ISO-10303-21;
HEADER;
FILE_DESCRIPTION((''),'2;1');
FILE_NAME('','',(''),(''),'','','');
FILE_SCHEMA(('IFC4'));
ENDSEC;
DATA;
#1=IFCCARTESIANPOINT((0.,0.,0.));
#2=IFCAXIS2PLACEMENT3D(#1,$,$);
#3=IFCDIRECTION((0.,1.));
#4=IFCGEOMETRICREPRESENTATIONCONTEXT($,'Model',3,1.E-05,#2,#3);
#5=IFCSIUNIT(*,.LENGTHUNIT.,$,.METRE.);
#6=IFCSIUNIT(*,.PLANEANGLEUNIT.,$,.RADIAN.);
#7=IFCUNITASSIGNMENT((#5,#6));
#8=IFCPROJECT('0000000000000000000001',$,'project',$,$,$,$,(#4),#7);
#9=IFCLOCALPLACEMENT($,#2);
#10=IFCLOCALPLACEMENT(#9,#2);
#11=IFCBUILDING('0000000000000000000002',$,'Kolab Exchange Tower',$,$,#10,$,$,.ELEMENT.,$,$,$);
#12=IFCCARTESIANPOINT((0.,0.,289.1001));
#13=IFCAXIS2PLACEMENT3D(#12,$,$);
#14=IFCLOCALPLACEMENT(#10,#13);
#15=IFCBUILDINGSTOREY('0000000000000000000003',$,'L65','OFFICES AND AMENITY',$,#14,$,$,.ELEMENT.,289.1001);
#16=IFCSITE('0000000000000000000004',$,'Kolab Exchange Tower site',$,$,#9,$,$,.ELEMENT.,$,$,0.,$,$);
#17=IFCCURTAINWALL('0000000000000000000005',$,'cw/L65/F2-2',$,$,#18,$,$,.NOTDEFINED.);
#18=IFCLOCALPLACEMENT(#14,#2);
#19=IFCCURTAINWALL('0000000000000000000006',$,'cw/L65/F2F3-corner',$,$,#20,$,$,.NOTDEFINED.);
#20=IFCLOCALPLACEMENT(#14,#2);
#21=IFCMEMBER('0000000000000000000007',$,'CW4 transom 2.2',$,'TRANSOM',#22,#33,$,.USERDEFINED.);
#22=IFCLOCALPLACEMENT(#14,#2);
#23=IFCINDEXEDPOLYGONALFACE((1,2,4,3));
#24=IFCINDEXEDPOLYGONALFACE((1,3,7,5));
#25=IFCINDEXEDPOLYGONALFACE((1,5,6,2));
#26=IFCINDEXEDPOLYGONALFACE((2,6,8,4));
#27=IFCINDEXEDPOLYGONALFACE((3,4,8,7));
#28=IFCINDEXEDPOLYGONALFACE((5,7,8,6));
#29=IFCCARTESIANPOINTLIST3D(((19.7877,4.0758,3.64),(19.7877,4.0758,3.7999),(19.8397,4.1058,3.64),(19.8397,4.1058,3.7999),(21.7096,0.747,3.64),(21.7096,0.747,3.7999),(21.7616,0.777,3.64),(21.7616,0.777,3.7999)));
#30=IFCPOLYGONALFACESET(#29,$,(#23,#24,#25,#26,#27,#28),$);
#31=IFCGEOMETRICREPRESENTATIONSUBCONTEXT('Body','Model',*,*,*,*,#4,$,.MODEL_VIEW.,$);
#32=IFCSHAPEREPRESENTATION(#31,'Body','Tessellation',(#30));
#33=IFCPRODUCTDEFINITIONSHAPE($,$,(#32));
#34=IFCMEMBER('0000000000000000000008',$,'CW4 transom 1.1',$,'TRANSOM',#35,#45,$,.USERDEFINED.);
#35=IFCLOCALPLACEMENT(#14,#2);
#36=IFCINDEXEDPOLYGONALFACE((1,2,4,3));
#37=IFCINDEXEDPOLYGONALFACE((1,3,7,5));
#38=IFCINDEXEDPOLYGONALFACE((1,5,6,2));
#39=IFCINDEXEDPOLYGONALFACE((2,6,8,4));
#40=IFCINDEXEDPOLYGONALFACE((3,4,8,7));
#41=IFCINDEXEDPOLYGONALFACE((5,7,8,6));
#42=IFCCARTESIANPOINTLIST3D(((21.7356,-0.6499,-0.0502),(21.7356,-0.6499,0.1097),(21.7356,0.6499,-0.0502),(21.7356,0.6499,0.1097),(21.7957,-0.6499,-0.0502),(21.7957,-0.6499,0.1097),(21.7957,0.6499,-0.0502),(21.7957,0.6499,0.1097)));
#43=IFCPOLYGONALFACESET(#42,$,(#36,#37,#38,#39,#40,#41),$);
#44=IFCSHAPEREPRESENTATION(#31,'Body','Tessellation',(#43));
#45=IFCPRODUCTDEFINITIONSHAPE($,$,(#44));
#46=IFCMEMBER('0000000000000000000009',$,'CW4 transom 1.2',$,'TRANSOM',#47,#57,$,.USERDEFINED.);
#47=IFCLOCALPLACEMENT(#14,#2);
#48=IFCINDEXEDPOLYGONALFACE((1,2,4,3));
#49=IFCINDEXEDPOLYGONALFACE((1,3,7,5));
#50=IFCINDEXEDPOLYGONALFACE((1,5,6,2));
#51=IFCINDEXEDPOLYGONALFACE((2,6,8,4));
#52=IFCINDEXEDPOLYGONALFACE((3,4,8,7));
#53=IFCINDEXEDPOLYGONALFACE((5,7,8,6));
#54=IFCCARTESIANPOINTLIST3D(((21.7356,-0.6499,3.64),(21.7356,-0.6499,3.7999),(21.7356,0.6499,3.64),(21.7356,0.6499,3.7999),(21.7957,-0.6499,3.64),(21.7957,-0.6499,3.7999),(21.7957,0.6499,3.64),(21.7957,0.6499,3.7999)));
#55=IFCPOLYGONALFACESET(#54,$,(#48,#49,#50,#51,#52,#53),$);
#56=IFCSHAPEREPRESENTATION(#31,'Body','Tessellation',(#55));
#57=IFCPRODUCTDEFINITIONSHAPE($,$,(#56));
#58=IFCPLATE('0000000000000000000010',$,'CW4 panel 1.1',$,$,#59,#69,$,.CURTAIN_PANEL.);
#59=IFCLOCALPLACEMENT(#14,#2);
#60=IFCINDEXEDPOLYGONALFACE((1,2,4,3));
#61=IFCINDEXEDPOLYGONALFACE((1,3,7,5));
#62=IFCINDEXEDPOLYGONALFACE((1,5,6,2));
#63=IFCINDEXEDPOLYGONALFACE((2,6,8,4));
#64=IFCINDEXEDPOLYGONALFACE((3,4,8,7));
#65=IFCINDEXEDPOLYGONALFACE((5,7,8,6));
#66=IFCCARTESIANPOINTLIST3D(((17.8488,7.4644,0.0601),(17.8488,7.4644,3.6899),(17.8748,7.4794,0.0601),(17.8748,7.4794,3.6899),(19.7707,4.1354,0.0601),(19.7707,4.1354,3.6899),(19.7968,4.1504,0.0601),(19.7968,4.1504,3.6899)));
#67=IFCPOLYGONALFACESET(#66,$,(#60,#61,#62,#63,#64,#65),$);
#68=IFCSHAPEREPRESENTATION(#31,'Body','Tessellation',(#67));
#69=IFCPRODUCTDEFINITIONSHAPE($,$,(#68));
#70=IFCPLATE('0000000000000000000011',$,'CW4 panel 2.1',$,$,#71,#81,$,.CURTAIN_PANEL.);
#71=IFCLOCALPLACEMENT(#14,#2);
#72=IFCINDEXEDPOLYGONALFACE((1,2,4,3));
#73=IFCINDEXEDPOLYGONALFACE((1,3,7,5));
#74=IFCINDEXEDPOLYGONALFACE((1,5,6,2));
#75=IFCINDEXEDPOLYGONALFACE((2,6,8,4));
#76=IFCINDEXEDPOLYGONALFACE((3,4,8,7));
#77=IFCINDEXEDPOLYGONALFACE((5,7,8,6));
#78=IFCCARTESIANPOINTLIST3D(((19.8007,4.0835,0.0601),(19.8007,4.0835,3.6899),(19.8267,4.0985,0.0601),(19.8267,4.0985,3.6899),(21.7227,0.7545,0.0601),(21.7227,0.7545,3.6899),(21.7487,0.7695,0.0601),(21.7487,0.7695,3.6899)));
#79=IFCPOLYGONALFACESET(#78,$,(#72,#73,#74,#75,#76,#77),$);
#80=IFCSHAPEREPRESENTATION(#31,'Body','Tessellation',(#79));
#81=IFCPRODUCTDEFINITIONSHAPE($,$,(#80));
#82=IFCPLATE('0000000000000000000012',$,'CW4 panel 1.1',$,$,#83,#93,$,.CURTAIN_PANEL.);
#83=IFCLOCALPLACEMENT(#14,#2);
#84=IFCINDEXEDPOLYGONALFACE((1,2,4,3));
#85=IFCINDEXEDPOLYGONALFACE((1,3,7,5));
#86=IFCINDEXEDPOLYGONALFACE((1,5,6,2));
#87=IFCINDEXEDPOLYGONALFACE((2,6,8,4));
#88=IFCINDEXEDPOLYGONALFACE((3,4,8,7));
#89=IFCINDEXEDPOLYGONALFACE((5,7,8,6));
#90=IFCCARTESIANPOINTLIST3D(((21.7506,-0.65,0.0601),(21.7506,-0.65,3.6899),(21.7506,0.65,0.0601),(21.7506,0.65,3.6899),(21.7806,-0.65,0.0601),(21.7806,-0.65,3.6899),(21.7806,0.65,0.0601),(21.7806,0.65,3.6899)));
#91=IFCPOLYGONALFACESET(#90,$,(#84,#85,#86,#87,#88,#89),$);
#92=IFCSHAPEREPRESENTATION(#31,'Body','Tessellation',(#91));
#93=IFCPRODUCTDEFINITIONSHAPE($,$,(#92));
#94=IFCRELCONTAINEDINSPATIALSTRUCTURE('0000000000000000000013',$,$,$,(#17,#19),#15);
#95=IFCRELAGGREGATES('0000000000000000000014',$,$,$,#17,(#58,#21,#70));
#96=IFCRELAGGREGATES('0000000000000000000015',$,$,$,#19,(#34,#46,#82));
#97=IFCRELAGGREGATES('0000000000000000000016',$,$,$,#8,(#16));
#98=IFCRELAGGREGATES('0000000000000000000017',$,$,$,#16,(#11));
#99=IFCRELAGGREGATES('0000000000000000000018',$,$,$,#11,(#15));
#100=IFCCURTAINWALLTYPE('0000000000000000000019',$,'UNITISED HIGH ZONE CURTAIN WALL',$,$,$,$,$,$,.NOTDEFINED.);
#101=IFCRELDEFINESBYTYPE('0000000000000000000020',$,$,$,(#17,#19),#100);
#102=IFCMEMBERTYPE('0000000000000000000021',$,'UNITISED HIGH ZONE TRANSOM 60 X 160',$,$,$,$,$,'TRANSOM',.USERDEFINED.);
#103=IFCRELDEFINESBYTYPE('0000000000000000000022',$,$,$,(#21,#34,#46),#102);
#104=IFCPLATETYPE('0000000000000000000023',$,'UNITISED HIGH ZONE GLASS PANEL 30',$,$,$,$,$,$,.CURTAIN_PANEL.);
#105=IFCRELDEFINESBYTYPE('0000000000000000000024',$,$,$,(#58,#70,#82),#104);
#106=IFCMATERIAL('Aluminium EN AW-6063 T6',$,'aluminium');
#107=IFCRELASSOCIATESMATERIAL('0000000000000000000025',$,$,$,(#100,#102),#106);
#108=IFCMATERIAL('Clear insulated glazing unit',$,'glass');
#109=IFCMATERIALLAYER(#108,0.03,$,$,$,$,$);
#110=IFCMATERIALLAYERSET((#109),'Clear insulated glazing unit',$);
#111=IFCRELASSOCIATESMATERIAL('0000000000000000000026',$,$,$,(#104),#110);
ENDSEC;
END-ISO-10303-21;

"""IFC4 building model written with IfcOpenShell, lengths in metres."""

from ifc_helpers import new_model, si_unit, direction, frame, origin, origin_2d, place, context, subcontext, project, spatial, rectangle, extrude, material, layer, layer_set, material_profile, profile_set, type_object, element, aggregate, save


model = new_model("IFC4")

# Units and contexts
model_context = context("Model", 3, precision=1e-05, world=origin(), true_north=direction((0.0, 1.0)))
body_context = subcontext(model_context, "Body", "Model", "MODEL_VIEW")
ifc_project = project(units=[si_unit("LENGTHUNIT", "METRE"), si_unit("PLANEANGLEUNIT", "RADIAN")], contexts=[model_context])

# Site, building, storey
site_placement = place(None, origin())
site = spatial("IfcSite", under=ifc_project, at=site_placement, Name="Kolab Exchange Tower site", CompositionType="ELEMENT", RefElevation=0.0)
building_placement = place(site_placement, origin())
building = spatial("IfcBuilding", under=site, at=building_placement, Name="Kolab Exchange Tower", CompositionType="ELEMENT")
storey_placement = place(building_placement, frame((0.0, 0.0, 289.1001)))
storey = spatial("IfcBuildingStorey", under=building, at=storey_placement, Name="L65", Description="OFFICES AND AMENITY", CompositionType="ELEMENT", Elevation=289.1001)

# Shared definitions
ifc_material_1 = material(Name="Aluminium EN AW-6063 T6", Category="aluminium")
curtain_wall_type = type_object("IfcCurtainWallType", Name="UNITISED HIGH ZONE CURTAIN WALL", PredefinedType="NOTDEFINED", material=ifc_material_1)

# Curtain wall
curtain_wall_1_placement = place(storey_placement, origin())
curtain_wall_1 = element("IfcCurtainWall", 1, at=curtain_wall_1_placement, inside=storey, type_object=curtain_wall_type, Name="cw/L65/F2-2", PredefinedType="NOTDEFINED")

# Curtain wall
curtain_wall_2_placement = place(storey_placement, origin())
curtain_wall_2 = element("IfcCurtainWall", 2, at=curtain_wall_2_placement, inside=storey, type_object=curtain_wall_type, Name="cw/L65/F2F3-corner", PredefinedType="NOTDEFINED")

# Members
ifc_material_profile_1 = material_profile(ifc_material_1, rectangle(XDim=0.0601, YDim=0.1599, at=origin_2d()), Name="RECT 60X160")
ifc_profile_set_1 = profile_set([ifc_material_profile_1], Name="Aluminium EN AW-6063 T6")
member_type_1 = type_object("IfcMemberType", Name="UNITISED HIGH ZONE TRANSOM 60 X 160", ElementType="TRANSOM", PredefinedType="USERDEFINED", material=ifc_profile_set_1)
member_1_placement = place(storey_placement, frame((19.8137, 4.0908, 3.72), z_axis=(0.499992, -0.86603, 0.0), x_axis=(0.86603, 0.499992, 0.0)))
member_1 = element("IfcMember", 3, at=member_1_placement, type_object=member_type_1, Name="CW4 transom 2.2", ObjectType="TRANSOM", PredefinedType="USERDEFINED", context=body_context, shape_type="SweptSolid", body=[
    extrude(rectangle(XDim=0.0601, YDim=0.1599, at=origin_2d()), origin(), (0.0, 0.0, 1.0), 3.8438),
])
member_2_placement = place(storey_placement, frame((21.7656, 0.6499, 0.0298), z_axis=(0.0, -1.0, 0.0), x_axis=(1.0, 0.0, 0.0)))
member_2 = element("IfcMember", 4, at=member_2_placement, type_object=member_type_1, Name="CW4 transom 1.1", ObjectType="TRANSOM", PredefinedType="USERDEFINED", context=body_context, shape_type="SweptSolid", body=[
    extrude(rectangle(XDim=0.0601, YDim=0.1599, at=origin_2d()), origin(), (0.0, 0.0, 1.0), 1.2998),
])
member_3_placement = place(storey_placement, frame((21.7656, 0.6499, 3.72), z_axis=(0.0, -1.0, 0.0), x_axis=(1.0, 0.0, 0.0)))
member_3 = element("IfcMember", 5, at=member_3_placement, type_object=member_type_1, Name="CW4 transom 1.2", ObjectType="TRANSOM", PredefinedType="USERDEFINED", context=body_context, shape_type="SweptSolid", body=[
    extrude(rectangle(XDim=0.0601, YDim=0.1599, at=origin_2d()), origin(), (0.0, 0.0, 1.0), 1.2998),
])

# Plates
ifc_material_2 = material(Name="Clear insulated glazing unit", Category="glass")
ifc_layer_1 = layer(ifc_material_2, 0.03)
ifc_layer_set_1 = layer_set([ifc_layer_1], Name="Clear insulated glazing unit")
plate_type = type_object("IfcPlateType", Name="UNITISED HIGH ZONE GLASS PANEL 30", PredefinedType="CURTAIN_PANEL", material=ifc_layer_set_1)
plate_1_placement = place(storey_placement, frame((18.8228, 5.8074, 0.0601), z_axis=(0.0, 0.0, 1.0), x_axis=(0.5, -0.866025, 0.0)))
plate_1 = element("IfcPlate", 6, at=plate_1_placement, type_object=plate_type, Name="CW4 panel 1.1", PredefinedType="CURTAIN_PANEL", context=body_context, shape_type="SweptSolid", body=[
    extrude(rectangle(XDim=3.844, YDim=0.03, at=origin_2d()), origin(), (0.0, 0.0, 1.0), 3.6299),
])
plate_2_placement = place(storey_placement, frame((20.7747, 2.4265, 0.0601), z_axis=(0.0, 0.0, 1.0), x_axis=(0.5, -0.866025, 0.0)))
plate_2 = element("IfcPlate", 7, at=plate_2_placement, type_object=plate_type, Name="CW4 panel 2.1", PredefinedType="CURTAIN_PANEL", context=body_context, shape_type="SweptSolid", body=[
    extrude(rectangle(XDim=3.844, YDim=0.03, at=origin_2d()), origin(), (0.0, 0.0, 1.0), 3.6299),
])
aggregate(curtain_wall_1, [plate_1, member_1, plate_2])
plate_3_placement = place(storey_placement, frame((21.7656, 0.0, 0.0601), z_axis=(0.0, 0.0, 1.0), x_axis=(0.0, -1.0, 0.0)))
plate_3 = element("IfcPlate", 8, at=plate_3_placement, type_object=plate_type, Name="CW4 panel 1.1", PredefinedType="CURTAIN_PANEL", context=body_context, shape_type="SweptSolid", body=[
    extrude(rectangle(XDim=1.3, YDim=0.03, at=origin_2d()), origin(), (0.0, 0.0, 1.0), 3.6299),
])
aggregate(curtain_wall_2, [member_2, member_3, plate_3])

save(model, "model.ifc")
